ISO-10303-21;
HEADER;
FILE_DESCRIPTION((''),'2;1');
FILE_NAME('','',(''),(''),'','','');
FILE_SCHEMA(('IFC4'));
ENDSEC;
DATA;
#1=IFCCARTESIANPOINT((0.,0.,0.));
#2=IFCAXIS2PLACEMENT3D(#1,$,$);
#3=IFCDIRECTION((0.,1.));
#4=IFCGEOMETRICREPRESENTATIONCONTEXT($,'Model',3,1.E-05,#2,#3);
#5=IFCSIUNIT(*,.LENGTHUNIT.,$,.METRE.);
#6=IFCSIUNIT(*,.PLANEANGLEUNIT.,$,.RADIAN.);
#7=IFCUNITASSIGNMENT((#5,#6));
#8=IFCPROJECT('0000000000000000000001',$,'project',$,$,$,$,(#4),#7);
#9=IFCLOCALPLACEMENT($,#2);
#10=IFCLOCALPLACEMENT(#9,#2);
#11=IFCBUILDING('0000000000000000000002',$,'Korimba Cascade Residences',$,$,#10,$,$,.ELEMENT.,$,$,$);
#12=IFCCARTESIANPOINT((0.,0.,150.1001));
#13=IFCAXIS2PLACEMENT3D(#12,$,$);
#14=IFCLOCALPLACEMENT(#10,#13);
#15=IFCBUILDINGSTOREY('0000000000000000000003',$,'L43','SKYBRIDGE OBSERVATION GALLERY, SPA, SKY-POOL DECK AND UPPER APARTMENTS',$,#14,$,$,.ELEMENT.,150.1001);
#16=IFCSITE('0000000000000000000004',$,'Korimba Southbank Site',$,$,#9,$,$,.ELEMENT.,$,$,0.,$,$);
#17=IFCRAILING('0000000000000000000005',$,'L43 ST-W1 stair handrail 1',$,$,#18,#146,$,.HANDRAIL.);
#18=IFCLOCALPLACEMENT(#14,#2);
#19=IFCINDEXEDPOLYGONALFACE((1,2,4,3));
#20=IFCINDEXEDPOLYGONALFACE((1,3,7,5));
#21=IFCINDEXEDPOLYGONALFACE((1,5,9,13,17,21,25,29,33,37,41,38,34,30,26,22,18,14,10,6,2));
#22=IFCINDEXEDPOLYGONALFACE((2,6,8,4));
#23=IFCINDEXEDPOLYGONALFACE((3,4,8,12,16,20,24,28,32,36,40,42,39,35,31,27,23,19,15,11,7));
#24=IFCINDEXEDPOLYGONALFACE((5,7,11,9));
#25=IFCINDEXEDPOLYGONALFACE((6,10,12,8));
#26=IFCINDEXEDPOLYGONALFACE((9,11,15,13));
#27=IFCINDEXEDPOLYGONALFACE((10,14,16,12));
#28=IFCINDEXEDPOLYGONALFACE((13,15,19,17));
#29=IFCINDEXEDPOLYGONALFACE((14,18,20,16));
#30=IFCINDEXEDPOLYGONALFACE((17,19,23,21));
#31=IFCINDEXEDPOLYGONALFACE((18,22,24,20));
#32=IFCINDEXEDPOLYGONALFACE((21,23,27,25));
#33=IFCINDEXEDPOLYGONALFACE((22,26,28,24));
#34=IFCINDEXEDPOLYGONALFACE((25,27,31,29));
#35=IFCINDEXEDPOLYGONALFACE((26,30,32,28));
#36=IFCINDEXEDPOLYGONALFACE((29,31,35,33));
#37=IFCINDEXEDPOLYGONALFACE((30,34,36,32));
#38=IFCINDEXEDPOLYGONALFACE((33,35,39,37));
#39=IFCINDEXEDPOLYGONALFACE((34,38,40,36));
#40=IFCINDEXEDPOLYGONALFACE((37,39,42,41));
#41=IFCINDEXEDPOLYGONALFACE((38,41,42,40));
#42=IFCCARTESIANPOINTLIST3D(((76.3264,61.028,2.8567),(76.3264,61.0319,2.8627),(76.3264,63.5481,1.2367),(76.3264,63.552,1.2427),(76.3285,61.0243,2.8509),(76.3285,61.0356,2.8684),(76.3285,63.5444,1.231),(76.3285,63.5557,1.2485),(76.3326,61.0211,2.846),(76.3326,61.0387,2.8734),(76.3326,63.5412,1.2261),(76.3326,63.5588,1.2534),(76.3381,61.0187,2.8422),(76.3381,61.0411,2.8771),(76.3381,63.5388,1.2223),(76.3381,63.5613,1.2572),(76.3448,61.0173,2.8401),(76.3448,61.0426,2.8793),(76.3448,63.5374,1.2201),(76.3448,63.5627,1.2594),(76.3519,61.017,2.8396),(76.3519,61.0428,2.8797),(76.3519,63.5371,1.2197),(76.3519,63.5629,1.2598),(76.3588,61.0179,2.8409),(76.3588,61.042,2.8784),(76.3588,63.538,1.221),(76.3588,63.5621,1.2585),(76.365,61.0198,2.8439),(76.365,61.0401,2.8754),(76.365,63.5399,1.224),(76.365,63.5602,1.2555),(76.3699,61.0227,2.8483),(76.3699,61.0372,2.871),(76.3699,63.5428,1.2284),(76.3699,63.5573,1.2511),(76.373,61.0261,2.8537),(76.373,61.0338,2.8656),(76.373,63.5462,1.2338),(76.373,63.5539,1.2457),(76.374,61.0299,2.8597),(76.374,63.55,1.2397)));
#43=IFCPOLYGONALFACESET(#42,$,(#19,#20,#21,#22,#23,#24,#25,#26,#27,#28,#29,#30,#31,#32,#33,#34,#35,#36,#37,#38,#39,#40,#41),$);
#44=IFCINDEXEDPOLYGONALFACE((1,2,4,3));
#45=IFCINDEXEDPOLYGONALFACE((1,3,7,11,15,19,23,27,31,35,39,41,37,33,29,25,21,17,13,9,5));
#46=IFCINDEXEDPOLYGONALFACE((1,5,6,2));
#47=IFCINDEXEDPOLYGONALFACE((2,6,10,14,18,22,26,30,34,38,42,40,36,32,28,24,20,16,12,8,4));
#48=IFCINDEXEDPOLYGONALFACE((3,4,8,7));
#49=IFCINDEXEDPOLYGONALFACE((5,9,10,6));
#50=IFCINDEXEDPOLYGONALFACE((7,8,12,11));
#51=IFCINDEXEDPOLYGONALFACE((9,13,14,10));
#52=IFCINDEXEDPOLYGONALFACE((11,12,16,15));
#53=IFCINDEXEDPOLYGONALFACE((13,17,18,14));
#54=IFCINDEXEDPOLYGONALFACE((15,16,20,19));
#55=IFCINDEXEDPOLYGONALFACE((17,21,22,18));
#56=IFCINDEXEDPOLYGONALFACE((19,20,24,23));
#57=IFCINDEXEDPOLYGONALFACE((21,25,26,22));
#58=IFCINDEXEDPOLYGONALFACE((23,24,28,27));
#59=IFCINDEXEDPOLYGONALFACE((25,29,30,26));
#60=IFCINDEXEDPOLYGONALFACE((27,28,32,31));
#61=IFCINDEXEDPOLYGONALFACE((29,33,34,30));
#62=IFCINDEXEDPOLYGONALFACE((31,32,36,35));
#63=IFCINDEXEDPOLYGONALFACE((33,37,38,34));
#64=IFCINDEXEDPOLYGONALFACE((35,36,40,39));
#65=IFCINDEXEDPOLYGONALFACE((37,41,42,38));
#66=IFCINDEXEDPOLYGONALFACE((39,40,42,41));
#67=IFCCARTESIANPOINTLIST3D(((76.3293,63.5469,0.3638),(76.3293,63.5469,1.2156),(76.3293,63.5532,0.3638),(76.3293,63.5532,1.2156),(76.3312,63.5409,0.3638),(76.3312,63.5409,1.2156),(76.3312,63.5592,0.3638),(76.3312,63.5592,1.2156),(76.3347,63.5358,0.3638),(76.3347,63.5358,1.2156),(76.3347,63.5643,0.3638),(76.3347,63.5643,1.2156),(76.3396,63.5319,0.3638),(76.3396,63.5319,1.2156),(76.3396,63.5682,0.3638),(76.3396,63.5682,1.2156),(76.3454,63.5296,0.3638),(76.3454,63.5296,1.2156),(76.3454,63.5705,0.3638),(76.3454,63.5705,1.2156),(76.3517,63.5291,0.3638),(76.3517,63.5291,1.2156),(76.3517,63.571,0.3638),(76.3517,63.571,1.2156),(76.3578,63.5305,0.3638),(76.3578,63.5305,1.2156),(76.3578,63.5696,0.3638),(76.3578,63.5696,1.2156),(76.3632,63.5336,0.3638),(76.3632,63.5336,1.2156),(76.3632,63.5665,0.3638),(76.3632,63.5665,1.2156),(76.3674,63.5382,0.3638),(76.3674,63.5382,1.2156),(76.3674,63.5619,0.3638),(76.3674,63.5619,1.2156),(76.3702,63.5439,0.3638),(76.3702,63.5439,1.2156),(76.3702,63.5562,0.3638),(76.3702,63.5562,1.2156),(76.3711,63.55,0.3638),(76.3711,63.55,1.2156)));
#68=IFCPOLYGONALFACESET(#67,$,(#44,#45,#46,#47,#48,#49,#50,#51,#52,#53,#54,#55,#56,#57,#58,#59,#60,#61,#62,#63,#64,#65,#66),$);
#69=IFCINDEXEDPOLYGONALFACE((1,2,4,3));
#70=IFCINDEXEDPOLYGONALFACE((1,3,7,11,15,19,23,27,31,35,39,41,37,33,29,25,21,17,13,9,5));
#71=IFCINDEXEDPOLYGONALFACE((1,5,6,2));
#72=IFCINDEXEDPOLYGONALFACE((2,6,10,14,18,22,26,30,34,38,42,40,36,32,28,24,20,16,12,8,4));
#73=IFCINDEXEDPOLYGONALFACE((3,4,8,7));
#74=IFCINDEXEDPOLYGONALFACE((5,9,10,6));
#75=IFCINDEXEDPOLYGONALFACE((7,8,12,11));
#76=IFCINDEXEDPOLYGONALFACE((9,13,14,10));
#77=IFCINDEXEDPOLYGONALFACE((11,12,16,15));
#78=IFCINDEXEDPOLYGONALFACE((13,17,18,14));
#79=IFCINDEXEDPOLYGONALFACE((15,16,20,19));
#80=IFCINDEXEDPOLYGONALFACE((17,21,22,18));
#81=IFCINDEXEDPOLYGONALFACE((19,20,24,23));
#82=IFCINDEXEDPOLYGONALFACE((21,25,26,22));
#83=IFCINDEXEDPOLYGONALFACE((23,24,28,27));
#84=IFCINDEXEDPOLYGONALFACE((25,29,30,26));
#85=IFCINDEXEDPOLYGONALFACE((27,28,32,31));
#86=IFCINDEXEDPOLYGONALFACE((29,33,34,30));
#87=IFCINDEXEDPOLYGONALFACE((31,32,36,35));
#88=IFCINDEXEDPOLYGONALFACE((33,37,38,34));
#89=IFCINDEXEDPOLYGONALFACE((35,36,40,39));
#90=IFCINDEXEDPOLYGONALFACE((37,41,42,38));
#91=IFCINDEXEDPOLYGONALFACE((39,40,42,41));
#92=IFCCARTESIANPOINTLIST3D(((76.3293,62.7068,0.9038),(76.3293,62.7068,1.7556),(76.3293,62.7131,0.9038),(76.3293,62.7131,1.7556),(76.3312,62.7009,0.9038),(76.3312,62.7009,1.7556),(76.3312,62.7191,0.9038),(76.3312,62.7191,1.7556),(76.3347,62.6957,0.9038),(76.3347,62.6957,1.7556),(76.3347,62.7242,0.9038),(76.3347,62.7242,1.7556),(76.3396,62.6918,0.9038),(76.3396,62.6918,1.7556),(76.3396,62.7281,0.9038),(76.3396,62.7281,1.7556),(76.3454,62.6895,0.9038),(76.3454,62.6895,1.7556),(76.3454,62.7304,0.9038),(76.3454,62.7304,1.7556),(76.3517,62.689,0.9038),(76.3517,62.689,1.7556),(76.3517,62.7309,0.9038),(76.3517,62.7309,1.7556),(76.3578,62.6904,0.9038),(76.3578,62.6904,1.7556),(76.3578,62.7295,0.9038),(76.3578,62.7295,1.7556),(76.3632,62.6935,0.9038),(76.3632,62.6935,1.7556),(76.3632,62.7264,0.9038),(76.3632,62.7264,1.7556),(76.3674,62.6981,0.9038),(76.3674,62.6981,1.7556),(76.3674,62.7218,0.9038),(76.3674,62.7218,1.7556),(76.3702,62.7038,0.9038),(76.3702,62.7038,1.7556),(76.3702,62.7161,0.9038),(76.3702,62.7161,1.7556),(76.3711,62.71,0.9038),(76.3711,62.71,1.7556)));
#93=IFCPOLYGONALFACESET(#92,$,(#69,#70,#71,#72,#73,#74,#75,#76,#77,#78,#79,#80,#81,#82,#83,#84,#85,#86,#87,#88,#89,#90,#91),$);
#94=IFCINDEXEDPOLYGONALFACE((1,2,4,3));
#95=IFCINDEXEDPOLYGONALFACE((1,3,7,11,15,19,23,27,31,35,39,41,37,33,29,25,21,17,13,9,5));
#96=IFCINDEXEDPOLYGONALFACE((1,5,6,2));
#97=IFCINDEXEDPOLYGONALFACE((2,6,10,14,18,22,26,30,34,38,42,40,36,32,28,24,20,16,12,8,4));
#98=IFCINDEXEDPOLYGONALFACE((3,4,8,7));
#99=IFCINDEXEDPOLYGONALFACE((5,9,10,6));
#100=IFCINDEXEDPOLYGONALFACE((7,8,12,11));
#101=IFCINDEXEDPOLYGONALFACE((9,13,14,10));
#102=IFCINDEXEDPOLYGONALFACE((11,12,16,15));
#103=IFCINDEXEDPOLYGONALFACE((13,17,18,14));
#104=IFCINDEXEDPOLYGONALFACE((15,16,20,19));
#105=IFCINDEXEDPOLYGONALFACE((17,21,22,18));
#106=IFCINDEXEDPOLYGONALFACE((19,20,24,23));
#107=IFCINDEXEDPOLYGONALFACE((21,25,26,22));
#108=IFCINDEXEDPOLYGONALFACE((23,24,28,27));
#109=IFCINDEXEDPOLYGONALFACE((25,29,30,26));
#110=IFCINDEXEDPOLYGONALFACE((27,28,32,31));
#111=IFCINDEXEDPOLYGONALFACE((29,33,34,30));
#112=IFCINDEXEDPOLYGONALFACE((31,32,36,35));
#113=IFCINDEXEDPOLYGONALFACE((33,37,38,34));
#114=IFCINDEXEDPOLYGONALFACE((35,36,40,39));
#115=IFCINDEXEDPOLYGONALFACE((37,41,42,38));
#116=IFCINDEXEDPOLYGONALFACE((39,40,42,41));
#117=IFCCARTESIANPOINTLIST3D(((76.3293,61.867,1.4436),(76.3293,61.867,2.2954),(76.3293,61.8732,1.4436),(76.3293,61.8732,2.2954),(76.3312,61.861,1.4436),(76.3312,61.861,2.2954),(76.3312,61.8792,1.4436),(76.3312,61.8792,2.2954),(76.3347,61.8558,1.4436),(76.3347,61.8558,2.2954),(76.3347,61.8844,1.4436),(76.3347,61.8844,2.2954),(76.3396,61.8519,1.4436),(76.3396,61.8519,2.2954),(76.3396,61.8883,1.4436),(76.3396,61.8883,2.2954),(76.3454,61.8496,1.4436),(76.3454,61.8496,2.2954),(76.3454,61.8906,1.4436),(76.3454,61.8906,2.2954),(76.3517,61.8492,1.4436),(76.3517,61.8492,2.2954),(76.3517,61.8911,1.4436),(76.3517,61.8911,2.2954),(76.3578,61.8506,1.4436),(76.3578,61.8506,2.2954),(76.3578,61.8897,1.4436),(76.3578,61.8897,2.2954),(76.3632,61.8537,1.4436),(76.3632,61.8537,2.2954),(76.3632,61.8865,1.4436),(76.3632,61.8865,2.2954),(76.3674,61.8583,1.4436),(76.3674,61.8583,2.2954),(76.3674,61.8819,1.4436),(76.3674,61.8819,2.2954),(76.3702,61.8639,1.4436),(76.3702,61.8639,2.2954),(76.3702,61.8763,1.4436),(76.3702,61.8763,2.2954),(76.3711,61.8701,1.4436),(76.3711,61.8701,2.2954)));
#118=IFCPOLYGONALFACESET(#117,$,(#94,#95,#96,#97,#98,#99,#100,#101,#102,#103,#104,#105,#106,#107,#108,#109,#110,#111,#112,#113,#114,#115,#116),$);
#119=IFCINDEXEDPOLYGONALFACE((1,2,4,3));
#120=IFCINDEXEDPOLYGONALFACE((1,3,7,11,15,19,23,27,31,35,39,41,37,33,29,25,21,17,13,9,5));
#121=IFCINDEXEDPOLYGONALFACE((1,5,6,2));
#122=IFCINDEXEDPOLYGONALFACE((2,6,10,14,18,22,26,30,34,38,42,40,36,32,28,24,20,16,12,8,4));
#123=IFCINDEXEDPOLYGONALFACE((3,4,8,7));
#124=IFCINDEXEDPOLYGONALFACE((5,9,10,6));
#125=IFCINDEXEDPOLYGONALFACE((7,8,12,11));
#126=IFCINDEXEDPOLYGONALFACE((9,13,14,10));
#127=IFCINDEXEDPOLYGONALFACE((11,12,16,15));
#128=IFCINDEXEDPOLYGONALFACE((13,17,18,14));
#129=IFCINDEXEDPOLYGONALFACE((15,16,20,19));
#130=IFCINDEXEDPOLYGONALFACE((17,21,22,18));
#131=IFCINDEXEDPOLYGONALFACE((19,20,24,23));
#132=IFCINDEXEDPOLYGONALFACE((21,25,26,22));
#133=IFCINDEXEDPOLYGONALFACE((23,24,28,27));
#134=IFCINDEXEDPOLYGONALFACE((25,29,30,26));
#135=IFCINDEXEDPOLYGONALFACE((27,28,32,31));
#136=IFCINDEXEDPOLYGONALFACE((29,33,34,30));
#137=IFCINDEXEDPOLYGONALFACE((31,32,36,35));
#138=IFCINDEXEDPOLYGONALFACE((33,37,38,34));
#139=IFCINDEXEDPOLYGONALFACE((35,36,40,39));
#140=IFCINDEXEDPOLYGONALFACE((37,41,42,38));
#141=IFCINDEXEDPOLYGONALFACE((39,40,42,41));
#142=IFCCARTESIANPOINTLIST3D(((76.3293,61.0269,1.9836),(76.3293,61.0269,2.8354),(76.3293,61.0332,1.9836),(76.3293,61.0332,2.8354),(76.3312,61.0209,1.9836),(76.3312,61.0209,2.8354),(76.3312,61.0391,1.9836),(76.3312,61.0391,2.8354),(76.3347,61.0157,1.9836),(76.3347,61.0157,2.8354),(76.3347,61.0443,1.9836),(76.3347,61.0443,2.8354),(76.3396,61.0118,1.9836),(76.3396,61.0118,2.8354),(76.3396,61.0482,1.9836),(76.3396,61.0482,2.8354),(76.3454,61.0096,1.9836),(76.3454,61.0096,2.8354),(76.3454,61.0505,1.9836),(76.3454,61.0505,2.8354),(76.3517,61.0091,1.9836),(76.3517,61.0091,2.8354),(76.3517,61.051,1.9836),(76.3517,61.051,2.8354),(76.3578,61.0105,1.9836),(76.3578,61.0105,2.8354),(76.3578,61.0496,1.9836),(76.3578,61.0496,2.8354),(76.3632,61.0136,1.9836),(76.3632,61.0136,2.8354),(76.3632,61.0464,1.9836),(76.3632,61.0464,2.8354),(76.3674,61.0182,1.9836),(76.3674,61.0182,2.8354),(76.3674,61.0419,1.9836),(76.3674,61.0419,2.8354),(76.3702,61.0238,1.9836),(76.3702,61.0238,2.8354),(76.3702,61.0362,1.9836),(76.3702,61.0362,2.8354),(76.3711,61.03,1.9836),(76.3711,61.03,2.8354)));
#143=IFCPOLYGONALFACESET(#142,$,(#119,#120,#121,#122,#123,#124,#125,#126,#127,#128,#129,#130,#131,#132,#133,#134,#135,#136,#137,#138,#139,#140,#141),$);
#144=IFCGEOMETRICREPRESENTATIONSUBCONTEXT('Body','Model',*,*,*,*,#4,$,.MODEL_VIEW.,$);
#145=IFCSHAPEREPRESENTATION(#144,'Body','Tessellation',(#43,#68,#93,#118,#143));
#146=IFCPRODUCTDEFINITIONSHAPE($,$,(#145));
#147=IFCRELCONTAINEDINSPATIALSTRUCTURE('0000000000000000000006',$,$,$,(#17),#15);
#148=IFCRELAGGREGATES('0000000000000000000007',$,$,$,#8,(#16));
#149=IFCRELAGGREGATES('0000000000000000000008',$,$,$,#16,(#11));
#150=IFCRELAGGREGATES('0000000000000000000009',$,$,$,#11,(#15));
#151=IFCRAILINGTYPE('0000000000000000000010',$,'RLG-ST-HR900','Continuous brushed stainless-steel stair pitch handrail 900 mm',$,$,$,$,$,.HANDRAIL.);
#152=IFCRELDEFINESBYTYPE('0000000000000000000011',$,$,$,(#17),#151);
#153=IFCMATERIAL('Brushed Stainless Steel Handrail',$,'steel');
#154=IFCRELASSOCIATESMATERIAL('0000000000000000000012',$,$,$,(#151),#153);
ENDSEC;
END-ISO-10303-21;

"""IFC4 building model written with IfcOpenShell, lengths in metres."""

from ifc_helpers import new_model, si_unit, direction, frame, origin, origin_2d, place, context, subcontext, project, spatial, circle, extrude, material, type_object, element, save


model = new_model("IFC4")

# Units and contexts
model_context = context("Model", 3, precision=1e-05, world=origin(), true_north=direction((0.0, 1.0)))
body_context = subcontext(model_context, "Body", "Model", "MODEL_VIEW")
ifc_project = project(units=[si_unit("LENGTHUNIT", "METRE"), si_unit("PLANEANGLEUNIT", "RADIAN")], contexts=[model_context])

# Site, building, storey
site_placement = place(None, origin())
site = spatial("IfcSite", under=ifc_project, at=site_placement, Name="Korimba Southbank Site", CompositionType="ELEMENT", RefElevation=0.0)
building_placement = place(site_placement, origin())
building = spatial("IfcBuilding", under=site, at=building_placement, Name="Korimba Cascade Residences", CompositionType="ELEMENT")
storey_placement = place(building_placement, frame((0.0, 0.0, 150.1001)))
storey = spatial("IfcBuildingStorey", under=building, at=storey_placement, Name="L43", Description="SKYBRIDGE OBSERVATION GALLERY, SPA, SKY-POOL DECK AND UPPER APARTMENTS", CompositionType="ELEMENT", Elevation=150.1001)

# Railing
ifc_material_1 = material(Name="Brushed Stainless Steel Handrail", Category="steel")
railing_type_1 = type_object("IfcRailingType", Name="RLG-ST-HR900", Description="Continuous brushed stainless-steel stair pitch handrail 900 mm", PredefinedType="HANDRAIL", material=ifc_material_1)
railing_1_placement = place(storey_placement, frame((76.3501, 63.55, 0.3638)))
element("IfcRailing", 1, at=railing_1_placement, inside=storey, type_object=railing_type_1, Name="L43 ST-W1 stair handrail 1", PredefinedType="HANDRAIL", context=body_context, shape_type="SweptSolid", body=[
    extrude(circle(Radius=0.0239, at=origin_2d()), frame((0.0, 0.0, 0.876), z_axis=(0.0, -0.8412, 0.540725), x_axis=(1.0, 0.0, 0.0)), (0.0, 0.0, 1.0), 2.9958),
    extrude(circle(Radius=0.021, at=origin_2d()), origin(), (0.0, 0.0, 1.0), 0.8518),
    extrude(circle(Radius=0.021, at=origin_2d()), frame((0.0, -0.8401, 0.54)), (0.0, 0.0, 1.0), 0.8518),
    extrude(circle(Radius=0.021, at=origin_2d()), frame((0.0, -1.6799, 1.0798)), (0.0, 0.0, 1.0), 0.8518),
    extrude(circle(Radius=0.021, at=origin_2d()), frame((0.0, -2.52, 1.6199)), (0.0, 0.0, 1.0), 0.8518),
])

save(model, "model.ifc")
